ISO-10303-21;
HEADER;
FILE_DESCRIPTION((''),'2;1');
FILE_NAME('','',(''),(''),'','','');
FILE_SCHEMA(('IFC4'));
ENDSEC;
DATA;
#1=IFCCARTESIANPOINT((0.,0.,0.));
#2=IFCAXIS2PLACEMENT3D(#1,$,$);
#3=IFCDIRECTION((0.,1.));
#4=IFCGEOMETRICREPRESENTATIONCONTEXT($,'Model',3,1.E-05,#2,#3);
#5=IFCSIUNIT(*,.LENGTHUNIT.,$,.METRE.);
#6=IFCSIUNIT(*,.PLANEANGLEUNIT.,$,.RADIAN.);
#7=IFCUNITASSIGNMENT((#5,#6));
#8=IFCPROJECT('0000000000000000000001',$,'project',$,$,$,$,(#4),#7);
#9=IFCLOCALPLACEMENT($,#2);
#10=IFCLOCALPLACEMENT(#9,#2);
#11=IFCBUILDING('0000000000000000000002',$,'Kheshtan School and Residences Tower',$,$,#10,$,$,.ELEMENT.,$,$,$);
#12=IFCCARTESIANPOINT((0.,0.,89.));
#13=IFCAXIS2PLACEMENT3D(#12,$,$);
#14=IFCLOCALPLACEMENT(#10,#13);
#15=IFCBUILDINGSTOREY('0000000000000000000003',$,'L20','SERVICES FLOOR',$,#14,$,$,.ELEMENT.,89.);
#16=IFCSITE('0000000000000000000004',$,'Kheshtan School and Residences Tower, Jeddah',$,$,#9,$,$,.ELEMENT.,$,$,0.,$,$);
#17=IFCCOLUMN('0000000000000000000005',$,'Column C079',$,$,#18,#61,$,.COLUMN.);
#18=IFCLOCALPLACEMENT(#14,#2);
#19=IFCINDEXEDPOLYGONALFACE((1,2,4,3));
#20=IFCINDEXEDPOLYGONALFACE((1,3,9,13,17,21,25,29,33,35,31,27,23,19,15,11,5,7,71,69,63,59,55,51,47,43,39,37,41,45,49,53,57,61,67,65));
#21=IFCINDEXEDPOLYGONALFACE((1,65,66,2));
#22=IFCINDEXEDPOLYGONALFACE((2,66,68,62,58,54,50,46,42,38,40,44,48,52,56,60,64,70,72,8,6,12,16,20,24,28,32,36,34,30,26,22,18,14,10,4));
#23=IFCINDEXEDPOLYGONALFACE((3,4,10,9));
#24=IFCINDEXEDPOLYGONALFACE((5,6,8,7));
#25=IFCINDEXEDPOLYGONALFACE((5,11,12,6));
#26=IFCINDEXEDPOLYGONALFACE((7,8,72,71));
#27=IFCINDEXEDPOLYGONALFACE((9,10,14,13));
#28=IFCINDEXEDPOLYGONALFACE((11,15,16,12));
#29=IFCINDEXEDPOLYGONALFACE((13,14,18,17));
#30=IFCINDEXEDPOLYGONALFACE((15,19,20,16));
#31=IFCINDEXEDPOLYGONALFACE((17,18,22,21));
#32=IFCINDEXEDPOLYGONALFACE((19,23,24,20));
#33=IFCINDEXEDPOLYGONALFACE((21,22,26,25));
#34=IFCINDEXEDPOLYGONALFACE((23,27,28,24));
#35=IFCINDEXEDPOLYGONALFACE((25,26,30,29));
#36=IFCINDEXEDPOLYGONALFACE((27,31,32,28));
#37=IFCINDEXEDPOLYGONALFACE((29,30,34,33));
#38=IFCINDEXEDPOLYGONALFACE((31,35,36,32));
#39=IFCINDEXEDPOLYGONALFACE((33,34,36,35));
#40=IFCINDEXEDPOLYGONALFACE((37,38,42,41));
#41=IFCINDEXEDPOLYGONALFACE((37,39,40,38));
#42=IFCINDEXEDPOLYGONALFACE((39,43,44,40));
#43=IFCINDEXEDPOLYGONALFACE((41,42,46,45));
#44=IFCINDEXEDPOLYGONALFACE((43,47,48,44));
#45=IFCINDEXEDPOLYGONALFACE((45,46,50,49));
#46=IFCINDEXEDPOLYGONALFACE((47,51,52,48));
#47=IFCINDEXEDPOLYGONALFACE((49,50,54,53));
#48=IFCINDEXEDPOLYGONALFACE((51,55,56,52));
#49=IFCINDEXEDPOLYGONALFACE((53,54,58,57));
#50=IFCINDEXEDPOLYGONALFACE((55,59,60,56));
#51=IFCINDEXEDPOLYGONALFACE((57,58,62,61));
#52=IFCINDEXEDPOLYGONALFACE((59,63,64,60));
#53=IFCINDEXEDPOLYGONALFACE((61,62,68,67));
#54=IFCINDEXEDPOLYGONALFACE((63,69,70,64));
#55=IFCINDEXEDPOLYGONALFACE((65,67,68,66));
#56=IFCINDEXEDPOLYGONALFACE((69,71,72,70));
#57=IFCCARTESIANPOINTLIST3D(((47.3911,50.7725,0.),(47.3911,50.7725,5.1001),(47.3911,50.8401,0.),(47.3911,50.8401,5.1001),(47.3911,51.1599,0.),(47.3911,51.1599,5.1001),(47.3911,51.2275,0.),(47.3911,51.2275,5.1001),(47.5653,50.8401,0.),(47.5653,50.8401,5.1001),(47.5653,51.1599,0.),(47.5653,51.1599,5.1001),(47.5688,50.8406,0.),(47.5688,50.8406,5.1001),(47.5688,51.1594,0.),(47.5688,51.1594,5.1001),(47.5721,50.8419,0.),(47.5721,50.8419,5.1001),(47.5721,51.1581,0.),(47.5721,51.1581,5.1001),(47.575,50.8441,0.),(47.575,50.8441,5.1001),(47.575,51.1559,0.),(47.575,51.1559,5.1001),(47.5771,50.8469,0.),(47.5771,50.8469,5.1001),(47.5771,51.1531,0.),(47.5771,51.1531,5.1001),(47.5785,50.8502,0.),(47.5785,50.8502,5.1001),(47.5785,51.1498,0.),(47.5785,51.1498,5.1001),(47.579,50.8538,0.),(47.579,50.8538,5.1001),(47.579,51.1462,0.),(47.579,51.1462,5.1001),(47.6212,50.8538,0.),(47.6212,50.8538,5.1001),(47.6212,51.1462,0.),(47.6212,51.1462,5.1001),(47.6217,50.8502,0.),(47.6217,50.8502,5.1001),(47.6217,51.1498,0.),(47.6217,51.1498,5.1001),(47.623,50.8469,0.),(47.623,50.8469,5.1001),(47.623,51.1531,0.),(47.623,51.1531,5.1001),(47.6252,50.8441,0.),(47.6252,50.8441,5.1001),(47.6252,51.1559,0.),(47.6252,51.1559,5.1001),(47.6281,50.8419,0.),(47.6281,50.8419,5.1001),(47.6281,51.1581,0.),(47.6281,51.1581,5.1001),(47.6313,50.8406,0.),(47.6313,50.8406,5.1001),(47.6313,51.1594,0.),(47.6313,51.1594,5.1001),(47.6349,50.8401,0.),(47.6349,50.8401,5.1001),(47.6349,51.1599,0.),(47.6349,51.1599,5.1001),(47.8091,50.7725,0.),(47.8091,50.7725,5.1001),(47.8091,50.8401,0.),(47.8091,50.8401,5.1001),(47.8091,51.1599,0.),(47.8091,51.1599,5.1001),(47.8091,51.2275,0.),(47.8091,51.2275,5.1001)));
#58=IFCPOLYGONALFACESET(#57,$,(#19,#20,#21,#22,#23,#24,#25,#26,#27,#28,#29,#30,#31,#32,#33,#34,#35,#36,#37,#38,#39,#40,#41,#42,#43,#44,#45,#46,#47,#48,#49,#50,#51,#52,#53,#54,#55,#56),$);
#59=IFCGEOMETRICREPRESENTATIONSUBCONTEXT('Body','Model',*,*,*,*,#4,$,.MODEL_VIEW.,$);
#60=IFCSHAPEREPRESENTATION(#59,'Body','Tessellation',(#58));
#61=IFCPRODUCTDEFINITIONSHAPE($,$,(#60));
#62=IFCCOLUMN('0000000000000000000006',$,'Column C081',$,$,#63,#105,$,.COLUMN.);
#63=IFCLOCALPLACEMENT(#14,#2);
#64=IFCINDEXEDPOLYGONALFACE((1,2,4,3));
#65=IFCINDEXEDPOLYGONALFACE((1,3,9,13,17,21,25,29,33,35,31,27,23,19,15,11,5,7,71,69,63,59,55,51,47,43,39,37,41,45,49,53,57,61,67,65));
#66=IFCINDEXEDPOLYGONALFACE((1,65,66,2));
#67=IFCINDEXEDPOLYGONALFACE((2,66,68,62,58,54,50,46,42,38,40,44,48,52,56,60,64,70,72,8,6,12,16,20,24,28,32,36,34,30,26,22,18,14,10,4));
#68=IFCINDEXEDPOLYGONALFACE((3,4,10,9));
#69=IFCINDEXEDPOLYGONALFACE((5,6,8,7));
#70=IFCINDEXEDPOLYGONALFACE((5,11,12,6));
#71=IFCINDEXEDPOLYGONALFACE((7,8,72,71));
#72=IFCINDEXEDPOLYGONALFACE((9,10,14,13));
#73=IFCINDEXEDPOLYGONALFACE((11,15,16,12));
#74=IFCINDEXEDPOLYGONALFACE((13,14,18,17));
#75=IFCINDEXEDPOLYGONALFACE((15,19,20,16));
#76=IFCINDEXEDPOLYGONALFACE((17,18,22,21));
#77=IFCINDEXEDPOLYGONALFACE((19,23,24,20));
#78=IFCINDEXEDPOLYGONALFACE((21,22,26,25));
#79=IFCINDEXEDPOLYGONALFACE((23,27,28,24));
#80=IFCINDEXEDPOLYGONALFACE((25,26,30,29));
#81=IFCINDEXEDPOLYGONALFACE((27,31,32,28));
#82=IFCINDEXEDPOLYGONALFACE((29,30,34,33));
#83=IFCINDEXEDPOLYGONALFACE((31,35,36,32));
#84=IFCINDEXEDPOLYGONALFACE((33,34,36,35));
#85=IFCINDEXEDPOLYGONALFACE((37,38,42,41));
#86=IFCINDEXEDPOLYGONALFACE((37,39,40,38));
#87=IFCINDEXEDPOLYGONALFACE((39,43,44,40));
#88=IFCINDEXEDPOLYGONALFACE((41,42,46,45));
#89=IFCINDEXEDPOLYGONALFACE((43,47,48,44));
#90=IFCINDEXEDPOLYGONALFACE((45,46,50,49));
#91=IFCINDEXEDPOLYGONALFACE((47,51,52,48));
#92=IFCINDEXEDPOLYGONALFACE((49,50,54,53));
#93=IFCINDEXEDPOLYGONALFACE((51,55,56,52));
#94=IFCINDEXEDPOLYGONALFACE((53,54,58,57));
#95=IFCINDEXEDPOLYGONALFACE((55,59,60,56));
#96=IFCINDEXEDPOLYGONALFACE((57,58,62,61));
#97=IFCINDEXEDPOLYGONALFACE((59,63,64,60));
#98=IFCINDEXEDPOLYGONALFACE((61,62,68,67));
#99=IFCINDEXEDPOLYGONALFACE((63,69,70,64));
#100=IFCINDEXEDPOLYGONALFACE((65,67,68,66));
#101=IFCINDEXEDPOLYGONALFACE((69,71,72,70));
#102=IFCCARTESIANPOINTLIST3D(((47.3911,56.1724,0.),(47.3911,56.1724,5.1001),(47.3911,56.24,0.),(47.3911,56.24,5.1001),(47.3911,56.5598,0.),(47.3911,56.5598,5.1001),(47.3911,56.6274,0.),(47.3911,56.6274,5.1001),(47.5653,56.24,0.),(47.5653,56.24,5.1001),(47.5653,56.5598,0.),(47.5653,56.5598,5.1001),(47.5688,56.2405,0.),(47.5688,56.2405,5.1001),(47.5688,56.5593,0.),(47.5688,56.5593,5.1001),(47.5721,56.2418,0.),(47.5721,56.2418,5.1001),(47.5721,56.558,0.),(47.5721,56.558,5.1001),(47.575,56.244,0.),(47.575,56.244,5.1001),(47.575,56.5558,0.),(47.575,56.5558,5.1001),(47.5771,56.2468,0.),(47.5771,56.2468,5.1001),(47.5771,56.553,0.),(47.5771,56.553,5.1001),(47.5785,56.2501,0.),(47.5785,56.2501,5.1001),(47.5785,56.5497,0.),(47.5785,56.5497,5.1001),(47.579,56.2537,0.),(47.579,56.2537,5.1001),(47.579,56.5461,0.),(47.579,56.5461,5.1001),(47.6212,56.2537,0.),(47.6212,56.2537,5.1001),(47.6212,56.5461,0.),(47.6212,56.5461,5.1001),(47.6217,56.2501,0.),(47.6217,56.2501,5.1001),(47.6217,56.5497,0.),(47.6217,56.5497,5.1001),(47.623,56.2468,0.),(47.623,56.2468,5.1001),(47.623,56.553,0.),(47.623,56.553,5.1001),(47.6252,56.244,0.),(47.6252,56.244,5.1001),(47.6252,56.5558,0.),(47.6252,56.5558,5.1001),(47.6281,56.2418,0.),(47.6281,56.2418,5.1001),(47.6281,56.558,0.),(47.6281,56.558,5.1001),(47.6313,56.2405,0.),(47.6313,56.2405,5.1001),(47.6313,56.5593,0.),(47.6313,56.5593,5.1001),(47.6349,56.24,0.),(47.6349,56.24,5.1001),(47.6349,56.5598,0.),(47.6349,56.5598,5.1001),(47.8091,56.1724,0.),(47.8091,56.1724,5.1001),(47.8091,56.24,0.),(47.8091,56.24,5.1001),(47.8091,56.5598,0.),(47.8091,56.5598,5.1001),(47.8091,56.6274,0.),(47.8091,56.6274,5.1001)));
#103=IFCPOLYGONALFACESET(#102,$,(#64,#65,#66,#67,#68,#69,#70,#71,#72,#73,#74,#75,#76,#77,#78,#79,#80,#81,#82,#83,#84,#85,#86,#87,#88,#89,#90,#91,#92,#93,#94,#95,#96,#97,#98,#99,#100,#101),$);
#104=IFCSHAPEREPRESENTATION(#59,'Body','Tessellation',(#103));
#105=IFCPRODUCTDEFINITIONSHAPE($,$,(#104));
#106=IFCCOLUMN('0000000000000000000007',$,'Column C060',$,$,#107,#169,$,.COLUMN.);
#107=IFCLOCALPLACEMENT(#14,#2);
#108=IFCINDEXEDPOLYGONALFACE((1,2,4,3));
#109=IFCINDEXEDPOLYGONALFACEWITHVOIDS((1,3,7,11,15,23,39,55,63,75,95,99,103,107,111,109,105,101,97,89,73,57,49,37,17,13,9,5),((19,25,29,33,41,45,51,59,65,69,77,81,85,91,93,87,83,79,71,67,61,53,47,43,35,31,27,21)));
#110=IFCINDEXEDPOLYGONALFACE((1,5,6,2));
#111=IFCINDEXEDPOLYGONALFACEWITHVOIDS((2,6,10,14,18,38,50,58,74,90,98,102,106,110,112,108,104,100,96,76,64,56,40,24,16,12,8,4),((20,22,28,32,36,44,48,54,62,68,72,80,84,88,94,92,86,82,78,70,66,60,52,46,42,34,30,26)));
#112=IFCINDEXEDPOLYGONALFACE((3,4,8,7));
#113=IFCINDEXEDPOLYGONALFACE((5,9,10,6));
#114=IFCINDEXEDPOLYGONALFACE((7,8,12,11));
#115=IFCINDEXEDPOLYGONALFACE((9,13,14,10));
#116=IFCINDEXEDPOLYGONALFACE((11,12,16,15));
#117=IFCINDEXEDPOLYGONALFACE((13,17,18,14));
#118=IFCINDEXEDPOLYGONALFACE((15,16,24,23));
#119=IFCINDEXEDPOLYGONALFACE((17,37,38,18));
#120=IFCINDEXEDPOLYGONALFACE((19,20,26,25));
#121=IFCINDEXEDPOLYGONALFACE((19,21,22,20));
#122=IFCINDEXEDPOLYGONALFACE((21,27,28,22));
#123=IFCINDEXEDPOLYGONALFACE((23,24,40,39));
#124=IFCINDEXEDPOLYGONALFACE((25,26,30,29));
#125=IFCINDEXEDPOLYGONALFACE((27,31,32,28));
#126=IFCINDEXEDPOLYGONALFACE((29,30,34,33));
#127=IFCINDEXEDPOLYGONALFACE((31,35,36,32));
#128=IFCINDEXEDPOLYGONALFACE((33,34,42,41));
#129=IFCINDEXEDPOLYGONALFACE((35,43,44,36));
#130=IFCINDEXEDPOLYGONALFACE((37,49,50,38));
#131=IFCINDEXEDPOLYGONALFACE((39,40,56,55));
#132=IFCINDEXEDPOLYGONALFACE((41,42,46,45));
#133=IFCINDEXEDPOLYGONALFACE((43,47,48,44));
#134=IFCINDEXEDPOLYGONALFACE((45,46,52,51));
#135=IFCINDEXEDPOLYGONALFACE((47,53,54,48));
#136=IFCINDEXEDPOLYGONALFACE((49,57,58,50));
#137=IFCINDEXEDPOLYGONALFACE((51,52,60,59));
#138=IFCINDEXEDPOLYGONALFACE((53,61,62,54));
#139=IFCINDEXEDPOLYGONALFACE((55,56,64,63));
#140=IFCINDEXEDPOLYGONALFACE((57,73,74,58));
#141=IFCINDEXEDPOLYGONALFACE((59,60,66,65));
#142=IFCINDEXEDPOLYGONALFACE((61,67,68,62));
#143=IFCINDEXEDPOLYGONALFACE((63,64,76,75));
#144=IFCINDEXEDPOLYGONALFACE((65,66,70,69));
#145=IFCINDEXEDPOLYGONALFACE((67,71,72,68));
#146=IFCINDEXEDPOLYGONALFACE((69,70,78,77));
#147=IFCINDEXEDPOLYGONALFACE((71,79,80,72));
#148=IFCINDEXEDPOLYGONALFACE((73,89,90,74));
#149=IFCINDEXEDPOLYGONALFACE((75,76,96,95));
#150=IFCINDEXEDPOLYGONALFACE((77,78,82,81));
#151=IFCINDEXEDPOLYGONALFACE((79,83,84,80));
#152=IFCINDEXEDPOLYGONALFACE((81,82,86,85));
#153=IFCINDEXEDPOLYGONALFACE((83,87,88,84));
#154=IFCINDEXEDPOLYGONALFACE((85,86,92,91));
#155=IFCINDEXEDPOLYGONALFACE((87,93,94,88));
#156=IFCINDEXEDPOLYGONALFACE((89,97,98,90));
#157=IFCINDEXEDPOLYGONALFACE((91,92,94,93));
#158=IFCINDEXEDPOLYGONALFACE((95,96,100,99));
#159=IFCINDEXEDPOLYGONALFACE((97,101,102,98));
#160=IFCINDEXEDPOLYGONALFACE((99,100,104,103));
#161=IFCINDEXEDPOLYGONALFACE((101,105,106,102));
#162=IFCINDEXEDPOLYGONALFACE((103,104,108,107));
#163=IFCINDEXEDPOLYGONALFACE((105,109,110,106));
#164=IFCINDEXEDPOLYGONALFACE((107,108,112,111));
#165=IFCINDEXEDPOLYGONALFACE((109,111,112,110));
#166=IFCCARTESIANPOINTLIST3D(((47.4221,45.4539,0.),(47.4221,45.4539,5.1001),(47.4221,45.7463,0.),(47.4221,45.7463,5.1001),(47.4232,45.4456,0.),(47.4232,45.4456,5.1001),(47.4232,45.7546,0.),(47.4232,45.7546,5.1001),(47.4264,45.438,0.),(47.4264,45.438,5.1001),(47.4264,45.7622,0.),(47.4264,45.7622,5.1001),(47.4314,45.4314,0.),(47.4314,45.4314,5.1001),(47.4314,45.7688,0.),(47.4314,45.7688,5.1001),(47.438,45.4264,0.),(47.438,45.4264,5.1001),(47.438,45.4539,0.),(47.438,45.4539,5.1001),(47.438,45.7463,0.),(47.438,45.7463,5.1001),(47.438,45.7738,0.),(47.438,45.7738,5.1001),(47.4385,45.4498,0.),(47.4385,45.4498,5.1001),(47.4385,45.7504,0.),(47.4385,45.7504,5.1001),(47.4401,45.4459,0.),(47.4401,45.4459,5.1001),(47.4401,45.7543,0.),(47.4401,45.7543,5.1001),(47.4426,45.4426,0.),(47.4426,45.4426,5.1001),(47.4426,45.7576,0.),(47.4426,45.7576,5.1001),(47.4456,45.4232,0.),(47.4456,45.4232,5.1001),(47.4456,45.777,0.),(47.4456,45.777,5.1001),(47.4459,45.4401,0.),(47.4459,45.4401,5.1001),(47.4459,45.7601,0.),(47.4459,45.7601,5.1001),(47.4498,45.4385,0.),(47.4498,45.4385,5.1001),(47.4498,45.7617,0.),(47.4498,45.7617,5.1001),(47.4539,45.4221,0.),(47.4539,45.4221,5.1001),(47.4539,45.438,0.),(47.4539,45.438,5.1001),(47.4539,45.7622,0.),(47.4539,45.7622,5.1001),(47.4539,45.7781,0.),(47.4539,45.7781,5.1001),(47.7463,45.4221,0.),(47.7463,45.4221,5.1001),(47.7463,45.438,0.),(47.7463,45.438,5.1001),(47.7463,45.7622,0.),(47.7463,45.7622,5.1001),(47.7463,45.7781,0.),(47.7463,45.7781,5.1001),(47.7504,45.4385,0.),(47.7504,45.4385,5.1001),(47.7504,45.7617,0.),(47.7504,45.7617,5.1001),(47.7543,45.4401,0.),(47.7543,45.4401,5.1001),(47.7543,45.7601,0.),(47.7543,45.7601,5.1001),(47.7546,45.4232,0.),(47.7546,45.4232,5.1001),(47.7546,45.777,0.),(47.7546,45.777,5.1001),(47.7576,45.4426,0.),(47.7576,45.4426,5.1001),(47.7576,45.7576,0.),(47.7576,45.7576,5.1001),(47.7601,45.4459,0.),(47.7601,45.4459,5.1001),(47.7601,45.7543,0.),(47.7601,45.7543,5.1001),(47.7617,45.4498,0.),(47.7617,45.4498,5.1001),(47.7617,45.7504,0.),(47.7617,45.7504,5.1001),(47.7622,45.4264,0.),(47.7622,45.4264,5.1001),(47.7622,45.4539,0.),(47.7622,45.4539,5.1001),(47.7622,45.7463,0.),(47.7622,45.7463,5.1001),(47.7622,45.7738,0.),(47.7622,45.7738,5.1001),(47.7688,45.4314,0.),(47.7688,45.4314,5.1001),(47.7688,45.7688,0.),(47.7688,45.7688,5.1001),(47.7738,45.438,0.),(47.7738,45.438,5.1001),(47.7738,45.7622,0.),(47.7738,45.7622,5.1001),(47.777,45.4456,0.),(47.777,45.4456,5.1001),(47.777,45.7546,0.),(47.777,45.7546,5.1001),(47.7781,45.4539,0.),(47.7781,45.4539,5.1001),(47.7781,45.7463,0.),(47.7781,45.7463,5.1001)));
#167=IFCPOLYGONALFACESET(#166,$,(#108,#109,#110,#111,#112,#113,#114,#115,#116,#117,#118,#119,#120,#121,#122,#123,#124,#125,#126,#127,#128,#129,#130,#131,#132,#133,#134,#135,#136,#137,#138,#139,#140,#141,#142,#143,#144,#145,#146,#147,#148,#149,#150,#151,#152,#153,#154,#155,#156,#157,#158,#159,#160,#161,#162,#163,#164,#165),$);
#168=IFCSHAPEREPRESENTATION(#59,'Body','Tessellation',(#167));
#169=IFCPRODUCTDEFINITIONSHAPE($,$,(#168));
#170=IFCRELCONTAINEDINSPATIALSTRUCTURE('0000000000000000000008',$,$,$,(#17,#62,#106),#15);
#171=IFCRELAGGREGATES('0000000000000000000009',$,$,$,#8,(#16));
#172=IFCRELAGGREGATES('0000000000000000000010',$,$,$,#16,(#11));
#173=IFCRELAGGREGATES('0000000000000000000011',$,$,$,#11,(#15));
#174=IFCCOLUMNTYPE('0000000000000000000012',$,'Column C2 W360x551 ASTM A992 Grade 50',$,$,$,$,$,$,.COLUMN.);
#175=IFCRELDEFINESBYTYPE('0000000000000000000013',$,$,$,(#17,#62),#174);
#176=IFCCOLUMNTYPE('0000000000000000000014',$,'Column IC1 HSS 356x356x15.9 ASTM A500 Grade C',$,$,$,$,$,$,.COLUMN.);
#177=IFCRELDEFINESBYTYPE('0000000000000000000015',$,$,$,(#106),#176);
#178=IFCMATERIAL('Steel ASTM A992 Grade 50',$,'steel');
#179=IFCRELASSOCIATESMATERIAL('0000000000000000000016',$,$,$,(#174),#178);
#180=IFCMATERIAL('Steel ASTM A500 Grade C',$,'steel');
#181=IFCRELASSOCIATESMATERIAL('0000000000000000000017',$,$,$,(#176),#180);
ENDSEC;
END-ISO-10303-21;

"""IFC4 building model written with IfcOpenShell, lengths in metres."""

from ifc_helpers import new_model, si_unit, direction, frame, origin, origin_2d, place, context, subcontext, project, spatial, hollow_rectangle, i_section, extrude, material, material_profile, profile_set, type_object, element, save


model = new_model("IFC4")

# Units and contexts
model_context = context("Model", 3, precision=1e-05, world=origin(), true_north=direction((0.0, 1.0)))
body_context = subcontext(model_context, "Body", "Model", "MODEL_VIEW")
ifc_project = project(units=[si_unit("LENGTHUNIT", "METRE"), si_unit("PLANEANGLEUNIT", "RADIAN")], contexts=[model_context])

# Site, building, storey
site_placement = place(None, origin())
site = spatial("IfcSite", under=ifc_project, at=site_placement, Name="Kheshtan School and Residences Tower, Jeddah", CompositionType="ELEMENT", RefElevation=0.0)
building_placement = place(site_placement, origin())
building = spatial("IfcBuilding", under=site, at=building_placement, Name="Kheshtan School and Residences Tower", CompositionType="ELEMENT")
storey_placement = place(building_placement, frame((0.0, 0.0, 89.0)))
storey = spatial("IfcBuildingStorey", under=building, at=storey_placement, Name="L20", Description="SERVICES FLOOR", CompositionType="ELEMENT", Elevation=89.0)

# Columns
ifc_material_1 = material(Name="Steel ASTM A992 Grade 50", Category="steel")
ifc_material_profile_1 = material_profile(ifc_material_1, i_section(OverallWidth=0.418, OverallDepth=0.4551, WebThickness=0.0422, FlangeThickness=0.0676, FilletRadius=0.0137, at=origin_2d()), Name="W360x551")
ifc_profile_set_1 = profile_set([ifc_material_profile_1], Name="Steel ASTM A992 Grade 50")
column_type_1 = type_object("IfcColumnType", Name="Column C2 W360x551 ASTM A992 Grade 50", PredefinedType="COLUMN", material=ifc_profile_set_1)
for number, where, z_axis, x_axis, name in (
    (1, (47.6001, 51.0, 0.0), (0.0, 0.0, 1.0), (1.0, 0.0, 0.0), "Column C079"),
    (2, (47.6001, 56.3999, 0.0), (0.0, 0.0, 1.0), (1.0, 0.0, 0.0), "Column C081"),
):
    element("IfcColumn", number, at=place(storey_placement, frame(where, z_axis=z_axis, x_axis=x_axis)), inside=storey, type_object=column_type_1, Name=name, PredefinedType="COLUMN", context=body_context, shape_type="SweptSolid", body=[
        extrude(i_section(OverallWidth=0.418, OverallDepth=0.4551, WebThickness=0.0422, FlangeThickness=0.0676, FilletRadius=0.0137, at=origin_2d()), origin(), (0.0, 0.0, 1.0), 5.1001),
    ])
ifc_material_2 = material(Name="Steel ASTM A500 Grade C", Category="steel")
ifc_material_profile_2 = material_profile(ifc_material_2, hollow_rectangle(XDim=0.356, YDim=0.356, WallThickness=0.0159, InnerFilletRadius=0.0159, OuterFilletRadius=0.0317, at=origin_2d()), Name="HSS 356x356x15.9")
ifc_profile_set_2 = profile_set([ifc_material_profile_2], Name="Steel ASTM A500 Grade C")
column_type_2 = type_object("IfcColumnType", Name="Column IC1 HSS 356x356x15.9 ASTM A500 Grade C", PredefinedType="COLUMN", material=ifc_profile_set_2)
column_placement = place(storey_placement, frame((47.6001, 45.6001, 0.0), z_axis=(0.0, 0.0, 1.0), x_axis=(1.0, 0.0, 0.0)))
element("IfcColumn", 3, at=column_placement, inside=storey, type_object=column_type_2, Name="Column C060", PredefinedType="COLUMN", context=body_context, shape_type="SweptSolid", body=[
    extrude(hollow_rectangle(XDim=0.356, YDim=0.356, WallThickness=0.0159, InnerFilletRadius=0.0159, OuterFilletRadius=0.0317, at=origin_2d()), origin(), (0.0, 0.0, 1.0), 5.1001),
])

save(model, "model.ifc")
